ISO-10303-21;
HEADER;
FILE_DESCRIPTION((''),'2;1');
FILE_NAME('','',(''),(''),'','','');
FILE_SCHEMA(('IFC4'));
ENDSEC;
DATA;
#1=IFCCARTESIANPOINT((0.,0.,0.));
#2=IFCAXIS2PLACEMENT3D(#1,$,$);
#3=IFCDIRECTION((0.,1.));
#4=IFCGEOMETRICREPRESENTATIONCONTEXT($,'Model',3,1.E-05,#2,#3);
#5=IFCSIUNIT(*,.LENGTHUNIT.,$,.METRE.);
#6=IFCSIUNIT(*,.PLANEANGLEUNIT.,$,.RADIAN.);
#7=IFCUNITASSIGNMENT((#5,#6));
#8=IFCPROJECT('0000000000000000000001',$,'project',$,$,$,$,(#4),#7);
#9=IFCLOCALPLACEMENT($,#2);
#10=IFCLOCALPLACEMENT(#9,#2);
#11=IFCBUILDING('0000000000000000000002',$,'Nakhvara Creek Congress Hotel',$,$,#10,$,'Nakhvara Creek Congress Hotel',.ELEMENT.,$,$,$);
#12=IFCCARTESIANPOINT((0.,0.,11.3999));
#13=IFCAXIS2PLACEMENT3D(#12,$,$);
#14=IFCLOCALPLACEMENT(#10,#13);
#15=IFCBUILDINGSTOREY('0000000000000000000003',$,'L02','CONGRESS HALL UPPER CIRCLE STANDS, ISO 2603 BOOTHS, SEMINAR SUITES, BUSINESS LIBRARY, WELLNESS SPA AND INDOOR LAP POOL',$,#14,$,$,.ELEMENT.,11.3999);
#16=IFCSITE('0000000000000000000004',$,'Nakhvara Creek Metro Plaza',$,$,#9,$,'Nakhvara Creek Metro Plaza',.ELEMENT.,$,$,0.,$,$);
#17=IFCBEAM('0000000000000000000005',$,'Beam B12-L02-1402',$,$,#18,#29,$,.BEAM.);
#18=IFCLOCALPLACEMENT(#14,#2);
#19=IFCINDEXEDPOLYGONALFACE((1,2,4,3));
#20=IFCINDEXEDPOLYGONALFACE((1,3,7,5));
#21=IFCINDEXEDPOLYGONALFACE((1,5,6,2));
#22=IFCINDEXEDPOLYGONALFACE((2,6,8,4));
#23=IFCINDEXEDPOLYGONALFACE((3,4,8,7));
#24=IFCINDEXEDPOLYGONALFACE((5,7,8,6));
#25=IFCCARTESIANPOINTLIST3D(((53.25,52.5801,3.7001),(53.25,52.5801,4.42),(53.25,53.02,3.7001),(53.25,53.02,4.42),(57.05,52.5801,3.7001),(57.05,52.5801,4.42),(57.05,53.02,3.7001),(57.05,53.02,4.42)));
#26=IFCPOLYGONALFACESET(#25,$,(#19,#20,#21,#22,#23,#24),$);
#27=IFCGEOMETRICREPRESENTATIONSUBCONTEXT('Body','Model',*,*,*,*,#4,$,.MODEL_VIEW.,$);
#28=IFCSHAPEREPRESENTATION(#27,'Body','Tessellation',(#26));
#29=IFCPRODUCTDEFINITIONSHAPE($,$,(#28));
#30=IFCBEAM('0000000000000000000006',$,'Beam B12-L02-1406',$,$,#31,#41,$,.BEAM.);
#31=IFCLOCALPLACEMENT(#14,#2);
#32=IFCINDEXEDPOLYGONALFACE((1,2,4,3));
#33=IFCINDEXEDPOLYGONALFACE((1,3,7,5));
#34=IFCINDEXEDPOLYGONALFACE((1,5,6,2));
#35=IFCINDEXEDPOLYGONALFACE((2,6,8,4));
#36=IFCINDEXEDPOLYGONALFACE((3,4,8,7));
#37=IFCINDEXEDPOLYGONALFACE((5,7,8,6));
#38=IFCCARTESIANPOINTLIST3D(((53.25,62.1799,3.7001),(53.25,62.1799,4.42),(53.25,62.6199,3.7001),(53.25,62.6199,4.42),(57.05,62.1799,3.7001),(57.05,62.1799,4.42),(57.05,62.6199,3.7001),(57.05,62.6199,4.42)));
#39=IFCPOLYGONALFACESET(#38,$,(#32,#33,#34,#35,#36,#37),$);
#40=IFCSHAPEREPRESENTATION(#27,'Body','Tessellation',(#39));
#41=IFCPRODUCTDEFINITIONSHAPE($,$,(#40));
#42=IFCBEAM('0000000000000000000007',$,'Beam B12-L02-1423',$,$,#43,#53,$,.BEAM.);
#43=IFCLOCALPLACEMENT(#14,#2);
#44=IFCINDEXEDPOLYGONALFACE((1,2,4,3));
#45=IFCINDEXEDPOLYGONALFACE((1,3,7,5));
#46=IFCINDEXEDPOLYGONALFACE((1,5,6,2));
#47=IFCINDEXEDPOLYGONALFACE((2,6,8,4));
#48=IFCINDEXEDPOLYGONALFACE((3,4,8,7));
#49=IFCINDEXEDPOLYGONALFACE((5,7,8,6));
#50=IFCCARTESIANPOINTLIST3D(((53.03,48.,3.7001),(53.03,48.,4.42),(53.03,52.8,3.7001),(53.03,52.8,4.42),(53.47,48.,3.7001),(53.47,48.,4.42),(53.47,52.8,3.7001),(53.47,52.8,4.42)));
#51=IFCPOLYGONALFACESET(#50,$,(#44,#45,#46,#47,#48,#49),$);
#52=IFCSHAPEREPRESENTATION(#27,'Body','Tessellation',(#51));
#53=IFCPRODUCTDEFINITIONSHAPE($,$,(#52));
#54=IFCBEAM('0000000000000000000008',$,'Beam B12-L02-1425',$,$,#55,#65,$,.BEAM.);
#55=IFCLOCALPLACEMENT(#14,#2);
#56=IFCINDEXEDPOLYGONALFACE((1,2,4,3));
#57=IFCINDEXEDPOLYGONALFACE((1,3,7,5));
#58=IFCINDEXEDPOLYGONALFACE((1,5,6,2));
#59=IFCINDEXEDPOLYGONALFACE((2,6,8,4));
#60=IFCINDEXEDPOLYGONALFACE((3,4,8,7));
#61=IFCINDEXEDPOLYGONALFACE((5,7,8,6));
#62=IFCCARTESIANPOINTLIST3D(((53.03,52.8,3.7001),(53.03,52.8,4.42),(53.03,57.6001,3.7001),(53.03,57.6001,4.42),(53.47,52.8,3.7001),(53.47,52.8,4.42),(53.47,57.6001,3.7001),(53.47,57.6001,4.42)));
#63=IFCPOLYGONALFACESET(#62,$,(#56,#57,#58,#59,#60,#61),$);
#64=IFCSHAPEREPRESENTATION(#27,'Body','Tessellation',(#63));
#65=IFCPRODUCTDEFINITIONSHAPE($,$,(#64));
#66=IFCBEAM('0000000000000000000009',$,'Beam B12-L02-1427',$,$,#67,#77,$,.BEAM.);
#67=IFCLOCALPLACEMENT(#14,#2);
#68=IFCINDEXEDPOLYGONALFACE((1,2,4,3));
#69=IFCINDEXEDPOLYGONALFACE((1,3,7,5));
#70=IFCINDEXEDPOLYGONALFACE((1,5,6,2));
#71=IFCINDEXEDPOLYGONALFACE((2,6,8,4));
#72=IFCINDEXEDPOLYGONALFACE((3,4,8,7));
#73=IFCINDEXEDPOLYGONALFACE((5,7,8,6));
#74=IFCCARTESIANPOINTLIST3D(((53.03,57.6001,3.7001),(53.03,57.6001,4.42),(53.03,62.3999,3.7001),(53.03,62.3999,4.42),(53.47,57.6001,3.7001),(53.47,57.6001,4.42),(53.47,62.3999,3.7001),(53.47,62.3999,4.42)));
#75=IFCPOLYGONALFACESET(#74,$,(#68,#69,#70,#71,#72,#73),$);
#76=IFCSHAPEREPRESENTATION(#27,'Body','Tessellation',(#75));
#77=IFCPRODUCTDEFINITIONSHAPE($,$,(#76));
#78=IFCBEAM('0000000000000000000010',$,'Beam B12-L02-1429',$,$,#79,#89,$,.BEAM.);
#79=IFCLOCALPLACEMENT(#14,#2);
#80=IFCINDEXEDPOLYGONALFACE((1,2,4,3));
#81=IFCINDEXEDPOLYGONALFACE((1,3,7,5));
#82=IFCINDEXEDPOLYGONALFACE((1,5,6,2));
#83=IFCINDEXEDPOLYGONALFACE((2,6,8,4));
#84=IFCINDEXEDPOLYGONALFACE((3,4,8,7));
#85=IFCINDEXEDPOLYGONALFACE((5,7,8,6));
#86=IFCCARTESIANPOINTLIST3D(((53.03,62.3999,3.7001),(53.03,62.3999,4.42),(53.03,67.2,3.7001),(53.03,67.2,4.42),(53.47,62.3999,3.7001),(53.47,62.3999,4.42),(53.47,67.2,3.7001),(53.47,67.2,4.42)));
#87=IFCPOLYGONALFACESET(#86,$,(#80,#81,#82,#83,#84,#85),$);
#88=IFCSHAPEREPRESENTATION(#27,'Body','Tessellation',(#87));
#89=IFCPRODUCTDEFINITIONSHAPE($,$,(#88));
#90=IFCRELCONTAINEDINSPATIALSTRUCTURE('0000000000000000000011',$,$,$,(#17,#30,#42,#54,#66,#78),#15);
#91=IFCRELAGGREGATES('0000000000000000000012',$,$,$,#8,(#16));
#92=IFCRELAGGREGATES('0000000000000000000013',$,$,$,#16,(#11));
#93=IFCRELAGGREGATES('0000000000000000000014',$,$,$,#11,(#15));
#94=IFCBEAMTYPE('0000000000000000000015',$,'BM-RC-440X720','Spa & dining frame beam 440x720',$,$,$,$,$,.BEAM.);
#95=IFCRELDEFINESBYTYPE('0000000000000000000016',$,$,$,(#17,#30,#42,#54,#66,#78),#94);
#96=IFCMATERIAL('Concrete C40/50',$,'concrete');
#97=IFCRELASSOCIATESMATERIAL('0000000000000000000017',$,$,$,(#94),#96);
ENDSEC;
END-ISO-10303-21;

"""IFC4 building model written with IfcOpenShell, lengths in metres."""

from ifc_helpers import new_model, si_unit, direction, frame, origin, origin_2d, place, context, subcontext, project, spatial, rectangle, extrude, material, material_profile, profile_set, type_object, element, save


model = new_model("IFC4")

# Units and contexts
model_context = context("Model", 3, precision=1e-05, world=origin(), true_north=direction((0.0, 1.0)))
body_context = subcontext(model_context, "Body", "Model", "MODEL_VIEW")
ifc_project = project(units=[si_unit("LENGTHUNIT", "METRE"), si_unit("PLANEANGLEUNIT", "RADIAN")], contexts=[model_context])

# Site, building, storey
site_placement = place(None, origin())
site = spatial("IfcSite", under=ifc_project, at=site_placement, Name="Nakhvara Creek Metro Plaza", LongName="Nakhvara Creek Metro Plaza", CompositionType="ELEMENT", RefElevation=0.0)
building_placement = place(site_placement, origin())
building = spatial("IfcBuilding", under=site, at=building_placement, Name="Nakhvara Creek Congress Hotel", LongName="Nakhvara Creek Congress Hotel", CompositionType="ELEMENT")
storey_placement = place(building_placement, frame((0.0, 0.0, 11.3999)))
storey = spatial("IfcBuildingStorey", under=building, at=storey_placement, Name="L02", Description="CONGRESS HALL UPPER CIRCLE STANDS, ISO 2603 BOOTHS, SEMINAR SUITES, BUSINESS LIBRARY, WELLNESS SPA AND INDOOR LAP POOL", CompositionType="ELEMENT", Elevation=11.3999)

# Beams
ifc_material_1 = material(Name="Concrete C40/50", Category="concrete")
ifc_material_profile_1 = material_profile(ifc_material_1, rectangle(XDim=0.4399, YDim=0.72, at=origin_2d()), Name="RC-BM 440x720", Category="LoadBearing")
ifc_profile_set_1 = profile_set([ifc_material_profile_1], Name="Concrete C40/50")
beam_type = type_object("IfcBeamType", Name="BM-RC-440X720", Description="Spa & dining frame beam 440x720", PredefinedType="BEAM", material=ifc_profile_set_1)
for number, where, z_axis, x_axis, name in (
    (1, (53.25, 52.8, 4.0601), (1.0, 0.0, 0.0), (0.0, 1.0, 0.0), "Beam B12-L02-1402"),
    (2, (53.25, 62.3999, 4.0601), (1.0, 0.0, 0.0), (0.0, 1.0, 0.0), "Beam B12-L02-1406"),
):
    element("IfcBeam", number, at=place(storey_placement, frame(where, z_axis=z_axis, x_axis=x_axis)), inside=storey, type_object=beam_type, Name=name, PredefinedType="BEAM", context=body_context, shape_type="SweptSolid", body=[
        extrude(rectangle(XDim=0.4399, YDim=0.72, at=origin_2d()), origin(), (0.0, 0.0, 1.0), 3.8),
    ])
for number, where, z_axis, x_axis, name in (
    (3, (53.25, 48.0, 4.0601), (0.0, 1.0, 0.0), (-1.0, 0.0, 0.0), "Beam B12-L02-1423"),
    (4, (53.25, 52.8, 4.0601), (0.0, 1.0, 0.0), (-1.0, 0.0, 0.0), "Beam B12-L02-1425"),
):
    element("IfcBeam", number, at=place(storey_placement, frame(where, z_axis=z_axis, x_axis=x_axis)), inside=storey, type_object=beam_type, Name=name, PredefinedType="BEAM", context=body_context, shape_type="SweptSolid", body=[
        extrude(rectangle(XDim=0.4399, YDim=0.72, at=origin_2d()), origin(), (0.0, 0.0, 1.0), 4.8),
    ])
beam_1_placement = place(storey_placement, frame((53.25, 57.6001, 4.0601), z_axis=(0.0, 1.0, 0.0), x_axis=(-1.0, 0.0, 0.0)))
element("IfcBeam", 5, at=beam_1_placement, inside=storey, type_object=beam_type, Name="Beam B12-L02-1427", PredefinedType="BEAM", context=body_context, shape_type="SweptSolid", body=[
    extrude(rectangle(XDim=0.4399, YDim=0.72, at=origin_2d()), origin(), (0.0, 0.0, 1.0), 4.7998),
])
beam_2_placement = place(storey_placement, frame((53.25, 62.3999, 4.0601), z_axis=(0.0, 1.0, 0.0), x_axis=(-1.0, 0.0, 0.0)))
element("IfcBeam", 6, at=beam_2_placement, inside=storey, type_object=beam_type, Name="Beam B12-L02-1429", PredefinedType="BEAM", context=body_context, shape_type="SweptSolid", body=[
    extrude(rectangle(XDim=0.4399, YDim=0.72, at=origin_2d()), origin(), (0.0, 0.0, 1.0), 4.8),
])

save(model, "model.ifc")
